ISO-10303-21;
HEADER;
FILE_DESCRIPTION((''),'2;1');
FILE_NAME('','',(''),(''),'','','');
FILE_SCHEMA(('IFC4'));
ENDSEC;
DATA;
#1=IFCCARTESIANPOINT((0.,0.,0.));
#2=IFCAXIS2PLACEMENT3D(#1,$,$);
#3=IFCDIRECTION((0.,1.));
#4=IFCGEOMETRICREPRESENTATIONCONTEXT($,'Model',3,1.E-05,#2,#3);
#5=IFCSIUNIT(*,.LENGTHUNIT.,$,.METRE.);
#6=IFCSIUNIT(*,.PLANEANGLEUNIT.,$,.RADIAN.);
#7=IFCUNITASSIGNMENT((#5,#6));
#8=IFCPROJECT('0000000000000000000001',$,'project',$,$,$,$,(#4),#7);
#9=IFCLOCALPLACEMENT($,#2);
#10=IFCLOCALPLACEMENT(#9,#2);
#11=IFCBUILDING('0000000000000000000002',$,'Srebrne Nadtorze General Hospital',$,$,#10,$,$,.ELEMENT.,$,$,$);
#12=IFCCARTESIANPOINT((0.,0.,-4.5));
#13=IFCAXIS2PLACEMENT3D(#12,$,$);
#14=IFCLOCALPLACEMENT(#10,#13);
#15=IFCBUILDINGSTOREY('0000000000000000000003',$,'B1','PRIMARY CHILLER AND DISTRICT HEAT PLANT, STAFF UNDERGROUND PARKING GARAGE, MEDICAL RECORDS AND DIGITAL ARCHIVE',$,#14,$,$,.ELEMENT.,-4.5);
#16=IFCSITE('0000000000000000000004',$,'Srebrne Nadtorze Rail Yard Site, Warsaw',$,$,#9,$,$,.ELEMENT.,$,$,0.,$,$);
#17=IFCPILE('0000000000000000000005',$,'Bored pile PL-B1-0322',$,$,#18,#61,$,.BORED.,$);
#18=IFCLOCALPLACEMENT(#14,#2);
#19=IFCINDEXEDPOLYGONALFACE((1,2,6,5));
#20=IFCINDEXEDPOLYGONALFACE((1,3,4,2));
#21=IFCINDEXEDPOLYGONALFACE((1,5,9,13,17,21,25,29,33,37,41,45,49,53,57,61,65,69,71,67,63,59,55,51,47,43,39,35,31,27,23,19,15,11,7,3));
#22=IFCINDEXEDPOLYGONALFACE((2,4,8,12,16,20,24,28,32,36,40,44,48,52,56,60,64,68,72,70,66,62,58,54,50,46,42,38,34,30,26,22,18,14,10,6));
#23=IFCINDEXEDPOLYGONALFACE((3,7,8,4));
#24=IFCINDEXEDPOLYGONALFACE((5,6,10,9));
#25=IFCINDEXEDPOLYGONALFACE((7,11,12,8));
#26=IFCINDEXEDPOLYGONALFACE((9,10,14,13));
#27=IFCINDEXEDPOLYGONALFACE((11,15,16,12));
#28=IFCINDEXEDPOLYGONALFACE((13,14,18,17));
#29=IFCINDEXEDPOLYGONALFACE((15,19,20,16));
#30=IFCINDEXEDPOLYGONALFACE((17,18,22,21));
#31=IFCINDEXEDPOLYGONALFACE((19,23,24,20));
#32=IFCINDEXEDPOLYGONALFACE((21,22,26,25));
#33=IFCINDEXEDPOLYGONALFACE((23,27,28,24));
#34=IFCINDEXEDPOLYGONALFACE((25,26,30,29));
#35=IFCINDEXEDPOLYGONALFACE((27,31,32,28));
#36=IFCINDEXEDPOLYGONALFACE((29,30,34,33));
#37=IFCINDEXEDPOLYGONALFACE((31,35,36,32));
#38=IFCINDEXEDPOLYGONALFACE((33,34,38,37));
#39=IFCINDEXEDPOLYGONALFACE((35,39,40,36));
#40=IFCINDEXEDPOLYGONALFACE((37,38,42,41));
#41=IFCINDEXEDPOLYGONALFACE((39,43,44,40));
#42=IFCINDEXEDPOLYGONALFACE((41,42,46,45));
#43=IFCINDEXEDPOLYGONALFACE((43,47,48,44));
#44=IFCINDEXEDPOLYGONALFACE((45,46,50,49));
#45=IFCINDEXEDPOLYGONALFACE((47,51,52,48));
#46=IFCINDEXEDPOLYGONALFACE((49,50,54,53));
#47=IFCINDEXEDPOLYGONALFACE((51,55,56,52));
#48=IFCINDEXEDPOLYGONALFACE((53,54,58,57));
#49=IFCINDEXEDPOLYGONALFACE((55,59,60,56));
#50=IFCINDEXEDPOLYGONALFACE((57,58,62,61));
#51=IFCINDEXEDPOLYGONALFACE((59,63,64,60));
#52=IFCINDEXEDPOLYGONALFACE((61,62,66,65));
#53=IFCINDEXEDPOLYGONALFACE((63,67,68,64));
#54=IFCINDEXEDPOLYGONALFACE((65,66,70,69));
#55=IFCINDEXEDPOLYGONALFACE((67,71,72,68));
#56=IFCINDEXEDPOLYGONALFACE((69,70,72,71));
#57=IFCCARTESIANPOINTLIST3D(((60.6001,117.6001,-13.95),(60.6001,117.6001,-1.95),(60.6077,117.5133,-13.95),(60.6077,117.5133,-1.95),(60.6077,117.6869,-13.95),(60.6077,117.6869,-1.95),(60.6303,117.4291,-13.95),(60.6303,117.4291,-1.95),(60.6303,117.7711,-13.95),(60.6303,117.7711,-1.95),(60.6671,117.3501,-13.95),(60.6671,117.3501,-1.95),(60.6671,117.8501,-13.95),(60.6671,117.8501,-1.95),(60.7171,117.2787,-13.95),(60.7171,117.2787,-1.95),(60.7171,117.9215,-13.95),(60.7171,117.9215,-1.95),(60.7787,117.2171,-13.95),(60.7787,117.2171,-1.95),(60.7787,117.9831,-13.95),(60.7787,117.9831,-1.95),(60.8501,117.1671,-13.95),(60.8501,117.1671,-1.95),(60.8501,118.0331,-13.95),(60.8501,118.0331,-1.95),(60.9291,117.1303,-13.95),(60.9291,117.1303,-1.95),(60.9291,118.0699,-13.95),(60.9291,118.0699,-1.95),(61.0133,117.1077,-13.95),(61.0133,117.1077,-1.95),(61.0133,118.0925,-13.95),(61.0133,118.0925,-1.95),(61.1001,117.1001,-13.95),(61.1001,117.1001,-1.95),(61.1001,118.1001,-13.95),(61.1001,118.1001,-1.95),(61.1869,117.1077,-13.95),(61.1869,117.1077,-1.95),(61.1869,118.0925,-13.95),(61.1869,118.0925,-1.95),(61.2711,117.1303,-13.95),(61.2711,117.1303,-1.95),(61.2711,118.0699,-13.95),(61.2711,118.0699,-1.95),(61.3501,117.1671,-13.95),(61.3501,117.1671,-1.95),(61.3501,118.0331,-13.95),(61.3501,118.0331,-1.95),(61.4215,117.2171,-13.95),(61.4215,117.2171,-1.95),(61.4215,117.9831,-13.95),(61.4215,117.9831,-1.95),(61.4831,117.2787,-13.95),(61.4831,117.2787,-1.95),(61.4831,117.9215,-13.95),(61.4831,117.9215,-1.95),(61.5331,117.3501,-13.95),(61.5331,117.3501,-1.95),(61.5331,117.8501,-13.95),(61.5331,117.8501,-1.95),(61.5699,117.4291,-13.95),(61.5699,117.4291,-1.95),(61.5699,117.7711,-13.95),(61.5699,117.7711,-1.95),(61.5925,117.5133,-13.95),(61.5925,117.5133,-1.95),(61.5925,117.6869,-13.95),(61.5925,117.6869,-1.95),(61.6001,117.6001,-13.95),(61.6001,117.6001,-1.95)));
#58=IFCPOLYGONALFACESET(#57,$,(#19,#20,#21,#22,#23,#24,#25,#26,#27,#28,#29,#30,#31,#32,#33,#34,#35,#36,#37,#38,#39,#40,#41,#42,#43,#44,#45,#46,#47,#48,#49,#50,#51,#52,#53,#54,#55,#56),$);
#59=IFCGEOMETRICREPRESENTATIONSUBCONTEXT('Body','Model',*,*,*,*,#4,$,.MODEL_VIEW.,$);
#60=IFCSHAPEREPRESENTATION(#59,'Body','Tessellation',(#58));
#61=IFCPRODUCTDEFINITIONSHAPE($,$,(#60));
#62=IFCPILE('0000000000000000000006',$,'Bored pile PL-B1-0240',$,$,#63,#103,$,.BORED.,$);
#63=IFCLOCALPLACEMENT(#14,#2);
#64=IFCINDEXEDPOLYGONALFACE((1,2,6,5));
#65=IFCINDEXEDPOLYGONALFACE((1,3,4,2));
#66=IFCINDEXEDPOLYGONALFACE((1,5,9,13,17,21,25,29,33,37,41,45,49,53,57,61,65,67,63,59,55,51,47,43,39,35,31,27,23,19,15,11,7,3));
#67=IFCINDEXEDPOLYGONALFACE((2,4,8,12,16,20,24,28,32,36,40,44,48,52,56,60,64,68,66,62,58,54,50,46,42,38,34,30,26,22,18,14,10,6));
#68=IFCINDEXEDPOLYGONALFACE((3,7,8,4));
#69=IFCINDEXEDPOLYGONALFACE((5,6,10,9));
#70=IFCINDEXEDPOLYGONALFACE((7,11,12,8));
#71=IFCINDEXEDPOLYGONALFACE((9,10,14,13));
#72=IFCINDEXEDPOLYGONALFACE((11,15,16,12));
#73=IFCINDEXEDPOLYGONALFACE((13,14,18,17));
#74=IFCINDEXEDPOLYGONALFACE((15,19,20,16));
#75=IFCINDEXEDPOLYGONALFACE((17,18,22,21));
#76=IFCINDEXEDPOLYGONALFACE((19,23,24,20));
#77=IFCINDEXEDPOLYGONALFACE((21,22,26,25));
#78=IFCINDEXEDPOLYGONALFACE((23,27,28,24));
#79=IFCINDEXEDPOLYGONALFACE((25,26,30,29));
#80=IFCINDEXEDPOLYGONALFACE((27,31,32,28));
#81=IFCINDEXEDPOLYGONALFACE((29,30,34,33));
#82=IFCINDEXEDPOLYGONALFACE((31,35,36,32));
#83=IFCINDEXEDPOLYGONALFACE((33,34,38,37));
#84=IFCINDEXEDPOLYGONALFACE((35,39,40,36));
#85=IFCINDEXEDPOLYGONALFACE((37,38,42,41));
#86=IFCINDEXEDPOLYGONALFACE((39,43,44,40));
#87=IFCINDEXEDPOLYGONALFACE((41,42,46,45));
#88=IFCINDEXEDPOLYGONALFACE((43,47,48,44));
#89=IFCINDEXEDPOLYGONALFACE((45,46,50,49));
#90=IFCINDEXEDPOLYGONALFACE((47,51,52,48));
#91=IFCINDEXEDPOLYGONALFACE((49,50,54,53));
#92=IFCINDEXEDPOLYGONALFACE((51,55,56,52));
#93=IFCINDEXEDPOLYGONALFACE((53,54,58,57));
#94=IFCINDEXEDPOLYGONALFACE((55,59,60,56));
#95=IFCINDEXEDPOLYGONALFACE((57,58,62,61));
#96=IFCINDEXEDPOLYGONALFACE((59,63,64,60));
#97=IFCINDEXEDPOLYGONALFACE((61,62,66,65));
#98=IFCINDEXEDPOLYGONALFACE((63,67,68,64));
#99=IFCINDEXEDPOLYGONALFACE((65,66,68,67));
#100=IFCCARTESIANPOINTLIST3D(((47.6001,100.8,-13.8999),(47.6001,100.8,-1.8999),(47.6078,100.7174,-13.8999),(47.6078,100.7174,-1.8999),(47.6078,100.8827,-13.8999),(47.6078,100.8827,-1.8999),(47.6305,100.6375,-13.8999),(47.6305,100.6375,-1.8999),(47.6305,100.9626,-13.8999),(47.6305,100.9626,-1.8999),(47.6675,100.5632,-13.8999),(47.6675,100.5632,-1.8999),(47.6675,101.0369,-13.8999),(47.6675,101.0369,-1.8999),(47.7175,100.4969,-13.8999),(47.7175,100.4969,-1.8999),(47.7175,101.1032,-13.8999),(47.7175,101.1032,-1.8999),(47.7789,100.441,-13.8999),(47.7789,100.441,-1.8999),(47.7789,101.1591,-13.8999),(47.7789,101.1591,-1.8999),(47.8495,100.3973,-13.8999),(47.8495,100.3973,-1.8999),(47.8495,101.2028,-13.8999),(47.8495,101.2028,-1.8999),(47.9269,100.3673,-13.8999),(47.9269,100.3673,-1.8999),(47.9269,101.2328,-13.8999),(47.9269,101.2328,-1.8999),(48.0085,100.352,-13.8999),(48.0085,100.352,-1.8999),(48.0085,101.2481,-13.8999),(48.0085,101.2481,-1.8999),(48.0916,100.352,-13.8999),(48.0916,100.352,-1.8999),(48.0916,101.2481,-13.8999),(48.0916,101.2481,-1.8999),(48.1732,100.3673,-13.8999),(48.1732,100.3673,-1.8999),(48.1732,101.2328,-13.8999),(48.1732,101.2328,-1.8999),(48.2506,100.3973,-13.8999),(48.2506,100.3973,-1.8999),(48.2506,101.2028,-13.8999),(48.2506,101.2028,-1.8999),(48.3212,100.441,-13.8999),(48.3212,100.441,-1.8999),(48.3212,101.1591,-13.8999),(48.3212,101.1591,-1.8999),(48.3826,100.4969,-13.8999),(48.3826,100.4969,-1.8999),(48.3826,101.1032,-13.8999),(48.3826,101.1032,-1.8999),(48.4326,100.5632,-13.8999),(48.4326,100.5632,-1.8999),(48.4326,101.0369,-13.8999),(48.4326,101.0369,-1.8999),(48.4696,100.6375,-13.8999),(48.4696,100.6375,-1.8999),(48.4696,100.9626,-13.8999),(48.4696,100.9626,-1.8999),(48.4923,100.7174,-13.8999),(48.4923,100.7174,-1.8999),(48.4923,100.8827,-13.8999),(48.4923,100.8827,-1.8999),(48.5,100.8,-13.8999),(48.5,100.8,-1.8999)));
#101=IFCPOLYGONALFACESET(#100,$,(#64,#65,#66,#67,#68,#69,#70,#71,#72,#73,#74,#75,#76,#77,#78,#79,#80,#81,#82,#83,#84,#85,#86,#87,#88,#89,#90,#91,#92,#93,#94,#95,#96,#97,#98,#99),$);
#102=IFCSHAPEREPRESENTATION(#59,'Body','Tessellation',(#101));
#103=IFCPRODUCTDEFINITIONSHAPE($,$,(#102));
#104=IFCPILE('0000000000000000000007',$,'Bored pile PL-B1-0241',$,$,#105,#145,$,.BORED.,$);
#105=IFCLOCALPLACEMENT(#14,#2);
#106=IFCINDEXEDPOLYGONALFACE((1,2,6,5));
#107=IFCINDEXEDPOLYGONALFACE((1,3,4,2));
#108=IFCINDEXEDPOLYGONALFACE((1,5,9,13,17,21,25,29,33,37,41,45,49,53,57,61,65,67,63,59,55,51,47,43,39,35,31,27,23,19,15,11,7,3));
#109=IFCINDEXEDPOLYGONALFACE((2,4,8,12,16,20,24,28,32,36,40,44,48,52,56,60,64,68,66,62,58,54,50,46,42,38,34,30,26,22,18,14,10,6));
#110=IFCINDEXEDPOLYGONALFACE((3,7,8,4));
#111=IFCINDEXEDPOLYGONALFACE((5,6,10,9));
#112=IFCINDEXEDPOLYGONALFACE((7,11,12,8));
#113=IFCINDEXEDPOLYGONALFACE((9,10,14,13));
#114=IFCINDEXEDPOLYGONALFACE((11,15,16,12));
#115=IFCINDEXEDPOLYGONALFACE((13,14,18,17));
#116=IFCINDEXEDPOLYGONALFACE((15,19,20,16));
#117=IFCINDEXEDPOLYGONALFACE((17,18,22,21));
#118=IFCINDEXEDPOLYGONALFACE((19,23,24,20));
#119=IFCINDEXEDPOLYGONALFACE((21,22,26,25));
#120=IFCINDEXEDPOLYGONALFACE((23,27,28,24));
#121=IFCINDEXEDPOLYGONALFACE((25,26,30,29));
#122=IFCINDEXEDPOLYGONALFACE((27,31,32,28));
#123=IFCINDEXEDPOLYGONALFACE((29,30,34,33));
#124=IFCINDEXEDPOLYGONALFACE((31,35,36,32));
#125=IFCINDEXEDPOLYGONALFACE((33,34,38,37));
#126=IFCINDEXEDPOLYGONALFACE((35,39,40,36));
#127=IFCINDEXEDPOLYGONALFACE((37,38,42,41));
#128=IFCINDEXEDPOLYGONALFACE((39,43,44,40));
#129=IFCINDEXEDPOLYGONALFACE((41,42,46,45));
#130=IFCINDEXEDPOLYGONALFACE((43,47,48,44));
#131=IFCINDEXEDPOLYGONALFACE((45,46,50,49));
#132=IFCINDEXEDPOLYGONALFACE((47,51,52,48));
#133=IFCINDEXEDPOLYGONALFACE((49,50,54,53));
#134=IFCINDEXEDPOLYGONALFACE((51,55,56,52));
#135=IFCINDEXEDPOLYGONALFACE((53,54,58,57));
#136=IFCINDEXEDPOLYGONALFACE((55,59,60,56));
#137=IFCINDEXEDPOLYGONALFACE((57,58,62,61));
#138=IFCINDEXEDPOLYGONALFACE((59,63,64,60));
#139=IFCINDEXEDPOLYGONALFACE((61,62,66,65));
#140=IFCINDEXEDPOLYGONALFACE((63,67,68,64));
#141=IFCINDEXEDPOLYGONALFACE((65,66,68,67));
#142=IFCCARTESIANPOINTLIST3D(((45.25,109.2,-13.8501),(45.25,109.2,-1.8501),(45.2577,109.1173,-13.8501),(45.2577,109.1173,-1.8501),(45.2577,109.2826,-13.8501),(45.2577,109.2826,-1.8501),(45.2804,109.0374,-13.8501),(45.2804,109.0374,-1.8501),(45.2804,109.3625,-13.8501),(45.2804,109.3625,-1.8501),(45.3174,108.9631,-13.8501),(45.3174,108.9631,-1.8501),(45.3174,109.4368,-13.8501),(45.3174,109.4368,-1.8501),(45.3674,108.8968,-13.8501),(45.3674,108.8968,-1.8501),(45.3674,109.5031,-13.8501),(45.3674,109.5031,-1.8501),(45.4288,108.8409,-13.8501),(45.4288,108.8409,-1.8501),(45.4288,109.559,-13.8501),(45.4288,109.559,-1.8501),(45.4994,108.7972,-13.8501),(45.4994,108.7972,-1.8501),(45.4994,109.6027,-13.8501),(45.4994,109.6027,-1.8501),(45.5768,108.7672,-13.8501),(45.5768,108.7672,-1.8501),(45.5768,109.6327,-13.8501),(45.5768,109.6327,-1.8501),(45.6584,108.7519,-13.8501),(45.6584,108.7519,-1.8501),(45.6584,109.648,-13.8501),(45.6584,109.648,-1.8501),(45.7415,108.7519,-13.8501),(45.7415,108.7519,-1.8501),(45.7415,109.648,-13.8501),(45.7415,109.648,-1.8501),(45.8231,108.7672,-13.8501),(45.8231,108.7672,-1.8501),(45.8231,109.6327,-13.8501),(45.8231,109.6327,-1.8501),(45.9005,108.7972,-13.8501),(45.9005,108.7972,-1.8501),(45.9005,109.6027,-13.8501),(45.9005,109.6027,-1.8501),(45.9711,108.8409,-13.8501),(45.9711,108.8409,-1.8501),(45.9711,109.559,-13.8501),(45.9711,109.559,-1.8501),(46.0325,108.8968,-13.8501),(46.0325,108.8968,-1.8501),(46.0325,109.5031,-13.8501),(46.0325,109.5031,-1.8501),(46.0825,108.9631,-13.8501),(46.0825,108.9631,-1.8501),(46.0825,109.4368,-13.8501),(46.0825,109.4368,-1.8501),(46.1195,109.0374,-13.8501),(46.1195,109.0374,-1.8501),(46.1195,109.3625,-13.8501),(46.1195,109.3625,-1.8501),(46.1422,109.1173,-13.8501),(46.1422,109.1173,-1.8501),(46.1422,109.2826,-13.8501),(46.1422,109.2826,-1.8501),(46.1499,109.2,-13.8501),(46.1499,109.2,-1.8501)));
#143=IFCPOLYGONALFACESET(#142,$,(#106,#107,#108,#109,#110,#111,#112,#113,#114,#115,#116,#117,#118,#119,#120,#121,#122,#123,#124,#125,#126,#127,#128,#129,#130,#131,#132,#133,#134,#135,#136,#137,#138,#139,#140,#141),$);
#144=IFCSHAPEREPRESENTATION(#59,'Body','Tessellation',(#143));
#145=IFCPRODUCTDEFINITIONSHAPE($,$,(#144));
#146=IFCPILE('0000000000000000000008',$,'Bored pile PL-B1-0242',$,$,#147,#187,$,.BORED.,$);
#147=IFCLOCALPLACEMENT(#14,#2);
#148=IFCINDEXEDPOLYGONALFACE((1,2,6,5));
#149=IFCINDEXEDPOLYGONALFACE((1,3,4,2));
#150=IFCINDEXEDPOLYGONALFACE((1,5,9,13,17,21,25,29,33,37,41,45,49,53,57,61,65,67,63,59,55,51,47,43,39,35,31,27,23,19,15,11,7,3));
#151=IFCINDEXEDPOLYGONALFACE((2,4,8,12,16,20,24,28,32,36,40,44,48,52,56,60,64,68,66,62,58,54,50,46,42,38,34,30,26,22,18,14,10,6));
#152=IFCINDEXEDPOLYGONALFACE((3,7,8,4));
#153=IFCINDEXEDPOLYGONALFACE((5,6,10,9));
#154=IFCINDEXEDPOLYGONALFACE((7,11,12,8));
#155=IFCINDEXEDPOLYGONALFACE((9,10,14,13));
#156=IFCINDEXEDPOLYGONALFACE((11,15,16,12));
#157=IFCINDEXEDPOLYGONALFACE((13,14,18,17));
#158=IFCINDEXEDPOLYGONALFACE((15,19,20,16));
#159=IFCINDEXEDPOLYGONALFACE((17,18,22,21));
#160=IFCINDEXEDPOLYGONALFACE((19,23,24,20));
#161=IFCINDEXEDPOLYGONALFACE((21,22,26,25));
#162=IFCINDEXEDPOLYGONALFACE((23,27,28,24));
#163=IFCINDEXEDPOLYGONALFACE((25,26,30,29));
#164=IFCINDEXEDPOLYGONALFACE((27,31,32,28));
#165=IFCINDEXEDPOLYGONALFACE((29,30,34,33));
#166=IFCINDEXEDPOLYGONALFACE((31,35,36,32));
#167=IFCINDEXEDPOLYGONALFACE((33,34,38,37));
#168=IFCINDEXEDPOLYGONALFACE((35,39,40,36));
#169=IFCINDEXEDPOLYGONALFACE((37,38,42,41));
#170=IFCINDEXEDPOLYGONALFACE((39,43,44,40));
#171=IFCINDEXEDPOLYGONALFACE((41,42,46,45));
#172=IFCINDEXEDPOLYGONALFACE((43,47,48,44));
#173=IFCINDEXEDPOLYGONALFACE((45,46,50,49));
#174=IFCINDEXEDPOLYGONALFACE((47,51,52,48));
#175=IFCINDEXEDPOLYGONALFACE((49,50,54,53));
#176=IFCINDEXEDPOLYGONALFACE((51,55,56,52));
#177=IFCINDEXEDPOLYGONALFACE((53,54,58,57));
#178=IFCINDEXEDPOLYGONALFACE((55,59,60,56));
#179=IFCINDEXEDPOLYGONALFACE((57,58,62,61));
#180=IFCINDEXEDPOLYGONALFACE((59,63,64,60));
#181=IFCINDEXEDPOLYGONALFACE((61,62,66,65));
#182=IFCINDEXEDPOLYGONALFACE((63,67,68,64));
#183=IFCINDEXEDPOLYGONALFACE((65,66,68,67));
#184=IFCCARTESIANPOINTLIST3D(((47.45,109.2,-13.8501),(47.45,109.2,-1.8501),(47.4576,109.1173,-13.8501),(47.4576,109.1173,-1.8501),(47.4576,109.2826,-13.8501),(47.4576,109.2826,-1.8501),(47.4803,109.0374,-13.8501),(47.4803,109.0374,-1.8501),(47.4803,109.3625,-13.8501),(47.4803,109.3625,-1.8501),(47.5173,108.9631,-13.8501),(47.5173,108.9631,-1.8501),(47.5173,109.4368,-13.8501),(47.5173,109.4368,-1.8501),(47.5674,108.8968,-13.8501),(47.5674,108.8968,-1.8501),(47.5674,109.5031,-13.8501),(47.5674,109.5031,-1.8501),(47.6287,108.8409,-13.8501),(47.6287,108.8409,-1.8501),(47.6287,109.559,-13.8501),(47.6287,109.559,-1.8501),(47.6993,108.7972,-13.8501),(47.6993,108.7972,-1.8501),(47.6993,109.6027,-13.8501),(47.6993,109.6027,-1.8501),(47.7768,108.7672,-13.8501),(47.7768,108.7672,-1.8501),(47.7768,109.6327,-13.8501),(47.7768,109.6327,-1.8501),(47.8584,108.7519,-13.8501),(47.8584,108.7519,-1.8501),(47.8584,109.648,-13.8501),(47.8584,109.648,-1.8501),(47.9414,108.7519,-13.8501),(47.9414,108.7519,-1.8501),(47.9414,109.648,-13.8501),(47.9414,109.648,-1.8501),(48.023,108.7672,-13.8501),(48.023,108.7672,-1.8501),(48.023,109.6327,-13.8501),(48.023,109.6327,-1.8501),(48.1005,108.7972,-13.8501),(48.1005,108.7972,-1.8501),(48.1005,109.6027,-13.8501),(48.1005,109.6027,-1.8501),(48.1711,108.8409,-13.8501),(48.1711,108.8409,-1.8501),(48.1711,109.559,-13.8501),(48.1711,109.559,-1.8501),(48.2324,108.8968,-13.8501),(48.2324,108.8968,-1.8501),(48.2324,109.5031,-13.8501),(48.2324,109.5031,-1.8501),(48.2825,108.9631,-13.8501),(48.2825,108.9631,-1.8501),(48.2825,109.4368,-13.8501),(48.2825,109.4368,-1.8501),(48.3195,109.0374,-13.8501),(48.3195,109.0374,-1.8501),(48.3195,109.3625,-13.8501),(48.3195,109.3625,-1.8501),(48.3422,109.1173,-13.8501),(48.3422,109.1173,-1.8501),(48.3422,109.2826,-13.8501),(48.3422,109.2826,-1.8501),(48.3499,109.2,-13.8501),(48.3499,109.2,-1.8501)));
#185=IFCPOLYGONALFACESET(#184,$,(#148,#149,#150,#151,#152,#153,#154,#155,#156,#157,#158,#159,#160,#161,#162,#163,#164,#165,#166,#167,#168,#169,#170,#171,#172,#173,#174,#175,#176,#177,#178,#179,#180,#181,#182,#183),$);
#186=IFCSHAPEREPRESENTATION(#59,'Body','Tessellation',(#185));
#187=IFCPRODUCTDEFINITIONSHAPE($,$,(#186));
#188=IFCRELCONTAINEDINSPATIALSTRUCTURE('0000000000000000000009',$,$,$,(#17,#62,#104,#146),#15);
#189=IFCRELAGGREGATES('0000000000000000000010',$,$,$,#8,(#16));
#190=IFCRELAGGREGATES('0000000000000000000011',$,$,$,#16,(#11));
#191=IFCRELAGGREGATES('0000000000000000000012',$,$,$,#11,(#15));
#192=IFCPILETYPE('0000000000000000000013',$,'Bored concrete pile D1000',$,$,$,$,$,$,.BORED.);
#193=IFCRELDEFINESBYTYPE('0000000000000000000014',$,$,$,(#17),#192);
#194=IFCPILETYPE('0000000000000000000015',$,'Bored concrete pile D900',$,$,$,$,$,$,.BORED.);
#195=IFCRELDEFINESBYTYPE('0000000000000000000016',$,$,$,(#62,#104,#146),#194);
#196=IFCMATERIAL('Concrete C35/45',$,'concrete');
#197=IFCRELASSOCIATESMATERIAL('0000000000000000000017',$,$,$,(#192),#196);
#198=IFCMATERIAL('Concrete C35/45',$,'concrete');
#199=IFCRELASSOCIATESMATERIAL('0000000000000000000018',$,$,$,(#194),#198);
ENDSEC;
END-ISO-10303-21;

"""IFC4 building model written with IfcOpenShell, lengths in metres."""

from ifc_helpers import new_model, si_unit, direction, frame, origin, origin_2d, place, context, subcontext, project, spatial, circle, extrude, material, material_profile, profile_set, type_object, element, save


model = new_model("IFC4")

# Units and contexts
model_context = context("Model", 3, precision=1e-05, world=origin(), true_north=direction((0.0, 1.0)))
body_context = subcontext(model_context, "Body", "Model", "MODEL_VIEW")
ifc_project = project(units=[si_unit("LENGTHUNIT", "METRE"), si_unit("PLANEANGLEUNIT", "RADIAN")], contexts=[model_context])

# Site, building, storey
site_placement = place(None, origin())
site = spatial("IfcSite", under=ifc_project, at=site_placement, Name="Srebrne Nadtorze Rail Yard Site, Warsaw", CompositionType="ELEMENT", RefElevation=0.0)
building_placement = place(site_placement, origin())
building = spatial("IfcBuilding", under=site, at=building_placement, Name="Srebrne Nadtorze General Hospital", CompositionType="ELEMENT")
storey_placement = place(building_placement, frame((0.0, 0.0, -4.5)))
storey = spatial("IfcBuildingStorey", under=building, at=storey_placement, Name="B1", Description="PRIMARY CHILLER AND DISTRICT HEAT PLANT, STAFF UNDERGROUND PARKING GARAGE, MEDICAL RECORDS AND DIGITAL ARCHIVE", CompositionType="ELEMENT", Elevation=-4.5)

# Piles
ifc_material_1 = material(Name="Concrete C35/45", Category="concrete")
ifc_material_profile_1 = material_profile(ifc_material_1, circle(Radius=0.5, at=origin_2d()), Name="PILE-D1000")
ifc_profile_set_1 = profile_set([ifc_material_profile_1], Name="Concrete C35/45")
pile_type_1 = type_object("IfcPileType", Name="Bored concrete pile D1000", PredefinedType="BORED", material=ifc_profile_set_1)
for number, where, z_axis, x_axis, name in (
    (1, (61.1001, 117.6001, -1.95), (0.0, 0.0, -1.0), (1.0, 0.0, 0.0), "Bored pile PL-B1-0322"),
):
    element("IfcPile", number, at=place(storey_placement, frame(where, z_axis=z_axis, x_axis=x_axis)), inside=storey, type_object=pile_type_1, Name=name, PredefinedType="BORED", context=body_context, shape_type="SweptSolid", body=[
        extrude(circle(Radius=0.5, at=origin_2d()), origin(), (0.0, 0.0, 1.0), 12.0),
    ])
ifc_material_2 = material(Name="Concrete C35/45", Category="concrete")
ifc_material_profile_2 = material_profile(ifc_material_2, circle(Radius=0.45, at=origin_2d()), Name="PILE-D900")
ifc_profile_set_2 = profile_set([ifc_material_profile_2], Name="Concrete C35/45")
pile_type_2 = type_object("IfcPileType", Name="Bored concrete pile D900", PredefinedType="BORED", material=ifc_profile_set_2)
for number, where, z_axis, x_axis, name in (
    (2, (48.05, 100.8, -1.8999), (0.0, 0.0, -1.0), (1.0, 0.0, 0.0), "Bored pile PL-B1-0240"),
    (3, (45.7, 109.2, -1.8501), (0.0, 0.0, -1.0), (1.0, 0.0, 0.0), "Bored pile PL-B1-0241"),
    (4, (47.8999, 109.2, -1.8501), (0.0, 0.0, -1.0), (1.0, 0.0, 0.0), "Bored pile PL-B1-0242"),
):
    element("IfcPile", number, at=place(storey_placement, frame(where, z_axis=z_axis, x_axis=x_axis)), inside=storey, type_object=pile_type_2, Name=name, PredefinedType="BORED", context=body_context, shape_type="SweptSolid", body=[
        extrude(circle(Radius=0.45, at=origin_2d()), origin(), (0.0, 0.0, 1.0), 12.0),
    ])

save(model, "model.ifc")
